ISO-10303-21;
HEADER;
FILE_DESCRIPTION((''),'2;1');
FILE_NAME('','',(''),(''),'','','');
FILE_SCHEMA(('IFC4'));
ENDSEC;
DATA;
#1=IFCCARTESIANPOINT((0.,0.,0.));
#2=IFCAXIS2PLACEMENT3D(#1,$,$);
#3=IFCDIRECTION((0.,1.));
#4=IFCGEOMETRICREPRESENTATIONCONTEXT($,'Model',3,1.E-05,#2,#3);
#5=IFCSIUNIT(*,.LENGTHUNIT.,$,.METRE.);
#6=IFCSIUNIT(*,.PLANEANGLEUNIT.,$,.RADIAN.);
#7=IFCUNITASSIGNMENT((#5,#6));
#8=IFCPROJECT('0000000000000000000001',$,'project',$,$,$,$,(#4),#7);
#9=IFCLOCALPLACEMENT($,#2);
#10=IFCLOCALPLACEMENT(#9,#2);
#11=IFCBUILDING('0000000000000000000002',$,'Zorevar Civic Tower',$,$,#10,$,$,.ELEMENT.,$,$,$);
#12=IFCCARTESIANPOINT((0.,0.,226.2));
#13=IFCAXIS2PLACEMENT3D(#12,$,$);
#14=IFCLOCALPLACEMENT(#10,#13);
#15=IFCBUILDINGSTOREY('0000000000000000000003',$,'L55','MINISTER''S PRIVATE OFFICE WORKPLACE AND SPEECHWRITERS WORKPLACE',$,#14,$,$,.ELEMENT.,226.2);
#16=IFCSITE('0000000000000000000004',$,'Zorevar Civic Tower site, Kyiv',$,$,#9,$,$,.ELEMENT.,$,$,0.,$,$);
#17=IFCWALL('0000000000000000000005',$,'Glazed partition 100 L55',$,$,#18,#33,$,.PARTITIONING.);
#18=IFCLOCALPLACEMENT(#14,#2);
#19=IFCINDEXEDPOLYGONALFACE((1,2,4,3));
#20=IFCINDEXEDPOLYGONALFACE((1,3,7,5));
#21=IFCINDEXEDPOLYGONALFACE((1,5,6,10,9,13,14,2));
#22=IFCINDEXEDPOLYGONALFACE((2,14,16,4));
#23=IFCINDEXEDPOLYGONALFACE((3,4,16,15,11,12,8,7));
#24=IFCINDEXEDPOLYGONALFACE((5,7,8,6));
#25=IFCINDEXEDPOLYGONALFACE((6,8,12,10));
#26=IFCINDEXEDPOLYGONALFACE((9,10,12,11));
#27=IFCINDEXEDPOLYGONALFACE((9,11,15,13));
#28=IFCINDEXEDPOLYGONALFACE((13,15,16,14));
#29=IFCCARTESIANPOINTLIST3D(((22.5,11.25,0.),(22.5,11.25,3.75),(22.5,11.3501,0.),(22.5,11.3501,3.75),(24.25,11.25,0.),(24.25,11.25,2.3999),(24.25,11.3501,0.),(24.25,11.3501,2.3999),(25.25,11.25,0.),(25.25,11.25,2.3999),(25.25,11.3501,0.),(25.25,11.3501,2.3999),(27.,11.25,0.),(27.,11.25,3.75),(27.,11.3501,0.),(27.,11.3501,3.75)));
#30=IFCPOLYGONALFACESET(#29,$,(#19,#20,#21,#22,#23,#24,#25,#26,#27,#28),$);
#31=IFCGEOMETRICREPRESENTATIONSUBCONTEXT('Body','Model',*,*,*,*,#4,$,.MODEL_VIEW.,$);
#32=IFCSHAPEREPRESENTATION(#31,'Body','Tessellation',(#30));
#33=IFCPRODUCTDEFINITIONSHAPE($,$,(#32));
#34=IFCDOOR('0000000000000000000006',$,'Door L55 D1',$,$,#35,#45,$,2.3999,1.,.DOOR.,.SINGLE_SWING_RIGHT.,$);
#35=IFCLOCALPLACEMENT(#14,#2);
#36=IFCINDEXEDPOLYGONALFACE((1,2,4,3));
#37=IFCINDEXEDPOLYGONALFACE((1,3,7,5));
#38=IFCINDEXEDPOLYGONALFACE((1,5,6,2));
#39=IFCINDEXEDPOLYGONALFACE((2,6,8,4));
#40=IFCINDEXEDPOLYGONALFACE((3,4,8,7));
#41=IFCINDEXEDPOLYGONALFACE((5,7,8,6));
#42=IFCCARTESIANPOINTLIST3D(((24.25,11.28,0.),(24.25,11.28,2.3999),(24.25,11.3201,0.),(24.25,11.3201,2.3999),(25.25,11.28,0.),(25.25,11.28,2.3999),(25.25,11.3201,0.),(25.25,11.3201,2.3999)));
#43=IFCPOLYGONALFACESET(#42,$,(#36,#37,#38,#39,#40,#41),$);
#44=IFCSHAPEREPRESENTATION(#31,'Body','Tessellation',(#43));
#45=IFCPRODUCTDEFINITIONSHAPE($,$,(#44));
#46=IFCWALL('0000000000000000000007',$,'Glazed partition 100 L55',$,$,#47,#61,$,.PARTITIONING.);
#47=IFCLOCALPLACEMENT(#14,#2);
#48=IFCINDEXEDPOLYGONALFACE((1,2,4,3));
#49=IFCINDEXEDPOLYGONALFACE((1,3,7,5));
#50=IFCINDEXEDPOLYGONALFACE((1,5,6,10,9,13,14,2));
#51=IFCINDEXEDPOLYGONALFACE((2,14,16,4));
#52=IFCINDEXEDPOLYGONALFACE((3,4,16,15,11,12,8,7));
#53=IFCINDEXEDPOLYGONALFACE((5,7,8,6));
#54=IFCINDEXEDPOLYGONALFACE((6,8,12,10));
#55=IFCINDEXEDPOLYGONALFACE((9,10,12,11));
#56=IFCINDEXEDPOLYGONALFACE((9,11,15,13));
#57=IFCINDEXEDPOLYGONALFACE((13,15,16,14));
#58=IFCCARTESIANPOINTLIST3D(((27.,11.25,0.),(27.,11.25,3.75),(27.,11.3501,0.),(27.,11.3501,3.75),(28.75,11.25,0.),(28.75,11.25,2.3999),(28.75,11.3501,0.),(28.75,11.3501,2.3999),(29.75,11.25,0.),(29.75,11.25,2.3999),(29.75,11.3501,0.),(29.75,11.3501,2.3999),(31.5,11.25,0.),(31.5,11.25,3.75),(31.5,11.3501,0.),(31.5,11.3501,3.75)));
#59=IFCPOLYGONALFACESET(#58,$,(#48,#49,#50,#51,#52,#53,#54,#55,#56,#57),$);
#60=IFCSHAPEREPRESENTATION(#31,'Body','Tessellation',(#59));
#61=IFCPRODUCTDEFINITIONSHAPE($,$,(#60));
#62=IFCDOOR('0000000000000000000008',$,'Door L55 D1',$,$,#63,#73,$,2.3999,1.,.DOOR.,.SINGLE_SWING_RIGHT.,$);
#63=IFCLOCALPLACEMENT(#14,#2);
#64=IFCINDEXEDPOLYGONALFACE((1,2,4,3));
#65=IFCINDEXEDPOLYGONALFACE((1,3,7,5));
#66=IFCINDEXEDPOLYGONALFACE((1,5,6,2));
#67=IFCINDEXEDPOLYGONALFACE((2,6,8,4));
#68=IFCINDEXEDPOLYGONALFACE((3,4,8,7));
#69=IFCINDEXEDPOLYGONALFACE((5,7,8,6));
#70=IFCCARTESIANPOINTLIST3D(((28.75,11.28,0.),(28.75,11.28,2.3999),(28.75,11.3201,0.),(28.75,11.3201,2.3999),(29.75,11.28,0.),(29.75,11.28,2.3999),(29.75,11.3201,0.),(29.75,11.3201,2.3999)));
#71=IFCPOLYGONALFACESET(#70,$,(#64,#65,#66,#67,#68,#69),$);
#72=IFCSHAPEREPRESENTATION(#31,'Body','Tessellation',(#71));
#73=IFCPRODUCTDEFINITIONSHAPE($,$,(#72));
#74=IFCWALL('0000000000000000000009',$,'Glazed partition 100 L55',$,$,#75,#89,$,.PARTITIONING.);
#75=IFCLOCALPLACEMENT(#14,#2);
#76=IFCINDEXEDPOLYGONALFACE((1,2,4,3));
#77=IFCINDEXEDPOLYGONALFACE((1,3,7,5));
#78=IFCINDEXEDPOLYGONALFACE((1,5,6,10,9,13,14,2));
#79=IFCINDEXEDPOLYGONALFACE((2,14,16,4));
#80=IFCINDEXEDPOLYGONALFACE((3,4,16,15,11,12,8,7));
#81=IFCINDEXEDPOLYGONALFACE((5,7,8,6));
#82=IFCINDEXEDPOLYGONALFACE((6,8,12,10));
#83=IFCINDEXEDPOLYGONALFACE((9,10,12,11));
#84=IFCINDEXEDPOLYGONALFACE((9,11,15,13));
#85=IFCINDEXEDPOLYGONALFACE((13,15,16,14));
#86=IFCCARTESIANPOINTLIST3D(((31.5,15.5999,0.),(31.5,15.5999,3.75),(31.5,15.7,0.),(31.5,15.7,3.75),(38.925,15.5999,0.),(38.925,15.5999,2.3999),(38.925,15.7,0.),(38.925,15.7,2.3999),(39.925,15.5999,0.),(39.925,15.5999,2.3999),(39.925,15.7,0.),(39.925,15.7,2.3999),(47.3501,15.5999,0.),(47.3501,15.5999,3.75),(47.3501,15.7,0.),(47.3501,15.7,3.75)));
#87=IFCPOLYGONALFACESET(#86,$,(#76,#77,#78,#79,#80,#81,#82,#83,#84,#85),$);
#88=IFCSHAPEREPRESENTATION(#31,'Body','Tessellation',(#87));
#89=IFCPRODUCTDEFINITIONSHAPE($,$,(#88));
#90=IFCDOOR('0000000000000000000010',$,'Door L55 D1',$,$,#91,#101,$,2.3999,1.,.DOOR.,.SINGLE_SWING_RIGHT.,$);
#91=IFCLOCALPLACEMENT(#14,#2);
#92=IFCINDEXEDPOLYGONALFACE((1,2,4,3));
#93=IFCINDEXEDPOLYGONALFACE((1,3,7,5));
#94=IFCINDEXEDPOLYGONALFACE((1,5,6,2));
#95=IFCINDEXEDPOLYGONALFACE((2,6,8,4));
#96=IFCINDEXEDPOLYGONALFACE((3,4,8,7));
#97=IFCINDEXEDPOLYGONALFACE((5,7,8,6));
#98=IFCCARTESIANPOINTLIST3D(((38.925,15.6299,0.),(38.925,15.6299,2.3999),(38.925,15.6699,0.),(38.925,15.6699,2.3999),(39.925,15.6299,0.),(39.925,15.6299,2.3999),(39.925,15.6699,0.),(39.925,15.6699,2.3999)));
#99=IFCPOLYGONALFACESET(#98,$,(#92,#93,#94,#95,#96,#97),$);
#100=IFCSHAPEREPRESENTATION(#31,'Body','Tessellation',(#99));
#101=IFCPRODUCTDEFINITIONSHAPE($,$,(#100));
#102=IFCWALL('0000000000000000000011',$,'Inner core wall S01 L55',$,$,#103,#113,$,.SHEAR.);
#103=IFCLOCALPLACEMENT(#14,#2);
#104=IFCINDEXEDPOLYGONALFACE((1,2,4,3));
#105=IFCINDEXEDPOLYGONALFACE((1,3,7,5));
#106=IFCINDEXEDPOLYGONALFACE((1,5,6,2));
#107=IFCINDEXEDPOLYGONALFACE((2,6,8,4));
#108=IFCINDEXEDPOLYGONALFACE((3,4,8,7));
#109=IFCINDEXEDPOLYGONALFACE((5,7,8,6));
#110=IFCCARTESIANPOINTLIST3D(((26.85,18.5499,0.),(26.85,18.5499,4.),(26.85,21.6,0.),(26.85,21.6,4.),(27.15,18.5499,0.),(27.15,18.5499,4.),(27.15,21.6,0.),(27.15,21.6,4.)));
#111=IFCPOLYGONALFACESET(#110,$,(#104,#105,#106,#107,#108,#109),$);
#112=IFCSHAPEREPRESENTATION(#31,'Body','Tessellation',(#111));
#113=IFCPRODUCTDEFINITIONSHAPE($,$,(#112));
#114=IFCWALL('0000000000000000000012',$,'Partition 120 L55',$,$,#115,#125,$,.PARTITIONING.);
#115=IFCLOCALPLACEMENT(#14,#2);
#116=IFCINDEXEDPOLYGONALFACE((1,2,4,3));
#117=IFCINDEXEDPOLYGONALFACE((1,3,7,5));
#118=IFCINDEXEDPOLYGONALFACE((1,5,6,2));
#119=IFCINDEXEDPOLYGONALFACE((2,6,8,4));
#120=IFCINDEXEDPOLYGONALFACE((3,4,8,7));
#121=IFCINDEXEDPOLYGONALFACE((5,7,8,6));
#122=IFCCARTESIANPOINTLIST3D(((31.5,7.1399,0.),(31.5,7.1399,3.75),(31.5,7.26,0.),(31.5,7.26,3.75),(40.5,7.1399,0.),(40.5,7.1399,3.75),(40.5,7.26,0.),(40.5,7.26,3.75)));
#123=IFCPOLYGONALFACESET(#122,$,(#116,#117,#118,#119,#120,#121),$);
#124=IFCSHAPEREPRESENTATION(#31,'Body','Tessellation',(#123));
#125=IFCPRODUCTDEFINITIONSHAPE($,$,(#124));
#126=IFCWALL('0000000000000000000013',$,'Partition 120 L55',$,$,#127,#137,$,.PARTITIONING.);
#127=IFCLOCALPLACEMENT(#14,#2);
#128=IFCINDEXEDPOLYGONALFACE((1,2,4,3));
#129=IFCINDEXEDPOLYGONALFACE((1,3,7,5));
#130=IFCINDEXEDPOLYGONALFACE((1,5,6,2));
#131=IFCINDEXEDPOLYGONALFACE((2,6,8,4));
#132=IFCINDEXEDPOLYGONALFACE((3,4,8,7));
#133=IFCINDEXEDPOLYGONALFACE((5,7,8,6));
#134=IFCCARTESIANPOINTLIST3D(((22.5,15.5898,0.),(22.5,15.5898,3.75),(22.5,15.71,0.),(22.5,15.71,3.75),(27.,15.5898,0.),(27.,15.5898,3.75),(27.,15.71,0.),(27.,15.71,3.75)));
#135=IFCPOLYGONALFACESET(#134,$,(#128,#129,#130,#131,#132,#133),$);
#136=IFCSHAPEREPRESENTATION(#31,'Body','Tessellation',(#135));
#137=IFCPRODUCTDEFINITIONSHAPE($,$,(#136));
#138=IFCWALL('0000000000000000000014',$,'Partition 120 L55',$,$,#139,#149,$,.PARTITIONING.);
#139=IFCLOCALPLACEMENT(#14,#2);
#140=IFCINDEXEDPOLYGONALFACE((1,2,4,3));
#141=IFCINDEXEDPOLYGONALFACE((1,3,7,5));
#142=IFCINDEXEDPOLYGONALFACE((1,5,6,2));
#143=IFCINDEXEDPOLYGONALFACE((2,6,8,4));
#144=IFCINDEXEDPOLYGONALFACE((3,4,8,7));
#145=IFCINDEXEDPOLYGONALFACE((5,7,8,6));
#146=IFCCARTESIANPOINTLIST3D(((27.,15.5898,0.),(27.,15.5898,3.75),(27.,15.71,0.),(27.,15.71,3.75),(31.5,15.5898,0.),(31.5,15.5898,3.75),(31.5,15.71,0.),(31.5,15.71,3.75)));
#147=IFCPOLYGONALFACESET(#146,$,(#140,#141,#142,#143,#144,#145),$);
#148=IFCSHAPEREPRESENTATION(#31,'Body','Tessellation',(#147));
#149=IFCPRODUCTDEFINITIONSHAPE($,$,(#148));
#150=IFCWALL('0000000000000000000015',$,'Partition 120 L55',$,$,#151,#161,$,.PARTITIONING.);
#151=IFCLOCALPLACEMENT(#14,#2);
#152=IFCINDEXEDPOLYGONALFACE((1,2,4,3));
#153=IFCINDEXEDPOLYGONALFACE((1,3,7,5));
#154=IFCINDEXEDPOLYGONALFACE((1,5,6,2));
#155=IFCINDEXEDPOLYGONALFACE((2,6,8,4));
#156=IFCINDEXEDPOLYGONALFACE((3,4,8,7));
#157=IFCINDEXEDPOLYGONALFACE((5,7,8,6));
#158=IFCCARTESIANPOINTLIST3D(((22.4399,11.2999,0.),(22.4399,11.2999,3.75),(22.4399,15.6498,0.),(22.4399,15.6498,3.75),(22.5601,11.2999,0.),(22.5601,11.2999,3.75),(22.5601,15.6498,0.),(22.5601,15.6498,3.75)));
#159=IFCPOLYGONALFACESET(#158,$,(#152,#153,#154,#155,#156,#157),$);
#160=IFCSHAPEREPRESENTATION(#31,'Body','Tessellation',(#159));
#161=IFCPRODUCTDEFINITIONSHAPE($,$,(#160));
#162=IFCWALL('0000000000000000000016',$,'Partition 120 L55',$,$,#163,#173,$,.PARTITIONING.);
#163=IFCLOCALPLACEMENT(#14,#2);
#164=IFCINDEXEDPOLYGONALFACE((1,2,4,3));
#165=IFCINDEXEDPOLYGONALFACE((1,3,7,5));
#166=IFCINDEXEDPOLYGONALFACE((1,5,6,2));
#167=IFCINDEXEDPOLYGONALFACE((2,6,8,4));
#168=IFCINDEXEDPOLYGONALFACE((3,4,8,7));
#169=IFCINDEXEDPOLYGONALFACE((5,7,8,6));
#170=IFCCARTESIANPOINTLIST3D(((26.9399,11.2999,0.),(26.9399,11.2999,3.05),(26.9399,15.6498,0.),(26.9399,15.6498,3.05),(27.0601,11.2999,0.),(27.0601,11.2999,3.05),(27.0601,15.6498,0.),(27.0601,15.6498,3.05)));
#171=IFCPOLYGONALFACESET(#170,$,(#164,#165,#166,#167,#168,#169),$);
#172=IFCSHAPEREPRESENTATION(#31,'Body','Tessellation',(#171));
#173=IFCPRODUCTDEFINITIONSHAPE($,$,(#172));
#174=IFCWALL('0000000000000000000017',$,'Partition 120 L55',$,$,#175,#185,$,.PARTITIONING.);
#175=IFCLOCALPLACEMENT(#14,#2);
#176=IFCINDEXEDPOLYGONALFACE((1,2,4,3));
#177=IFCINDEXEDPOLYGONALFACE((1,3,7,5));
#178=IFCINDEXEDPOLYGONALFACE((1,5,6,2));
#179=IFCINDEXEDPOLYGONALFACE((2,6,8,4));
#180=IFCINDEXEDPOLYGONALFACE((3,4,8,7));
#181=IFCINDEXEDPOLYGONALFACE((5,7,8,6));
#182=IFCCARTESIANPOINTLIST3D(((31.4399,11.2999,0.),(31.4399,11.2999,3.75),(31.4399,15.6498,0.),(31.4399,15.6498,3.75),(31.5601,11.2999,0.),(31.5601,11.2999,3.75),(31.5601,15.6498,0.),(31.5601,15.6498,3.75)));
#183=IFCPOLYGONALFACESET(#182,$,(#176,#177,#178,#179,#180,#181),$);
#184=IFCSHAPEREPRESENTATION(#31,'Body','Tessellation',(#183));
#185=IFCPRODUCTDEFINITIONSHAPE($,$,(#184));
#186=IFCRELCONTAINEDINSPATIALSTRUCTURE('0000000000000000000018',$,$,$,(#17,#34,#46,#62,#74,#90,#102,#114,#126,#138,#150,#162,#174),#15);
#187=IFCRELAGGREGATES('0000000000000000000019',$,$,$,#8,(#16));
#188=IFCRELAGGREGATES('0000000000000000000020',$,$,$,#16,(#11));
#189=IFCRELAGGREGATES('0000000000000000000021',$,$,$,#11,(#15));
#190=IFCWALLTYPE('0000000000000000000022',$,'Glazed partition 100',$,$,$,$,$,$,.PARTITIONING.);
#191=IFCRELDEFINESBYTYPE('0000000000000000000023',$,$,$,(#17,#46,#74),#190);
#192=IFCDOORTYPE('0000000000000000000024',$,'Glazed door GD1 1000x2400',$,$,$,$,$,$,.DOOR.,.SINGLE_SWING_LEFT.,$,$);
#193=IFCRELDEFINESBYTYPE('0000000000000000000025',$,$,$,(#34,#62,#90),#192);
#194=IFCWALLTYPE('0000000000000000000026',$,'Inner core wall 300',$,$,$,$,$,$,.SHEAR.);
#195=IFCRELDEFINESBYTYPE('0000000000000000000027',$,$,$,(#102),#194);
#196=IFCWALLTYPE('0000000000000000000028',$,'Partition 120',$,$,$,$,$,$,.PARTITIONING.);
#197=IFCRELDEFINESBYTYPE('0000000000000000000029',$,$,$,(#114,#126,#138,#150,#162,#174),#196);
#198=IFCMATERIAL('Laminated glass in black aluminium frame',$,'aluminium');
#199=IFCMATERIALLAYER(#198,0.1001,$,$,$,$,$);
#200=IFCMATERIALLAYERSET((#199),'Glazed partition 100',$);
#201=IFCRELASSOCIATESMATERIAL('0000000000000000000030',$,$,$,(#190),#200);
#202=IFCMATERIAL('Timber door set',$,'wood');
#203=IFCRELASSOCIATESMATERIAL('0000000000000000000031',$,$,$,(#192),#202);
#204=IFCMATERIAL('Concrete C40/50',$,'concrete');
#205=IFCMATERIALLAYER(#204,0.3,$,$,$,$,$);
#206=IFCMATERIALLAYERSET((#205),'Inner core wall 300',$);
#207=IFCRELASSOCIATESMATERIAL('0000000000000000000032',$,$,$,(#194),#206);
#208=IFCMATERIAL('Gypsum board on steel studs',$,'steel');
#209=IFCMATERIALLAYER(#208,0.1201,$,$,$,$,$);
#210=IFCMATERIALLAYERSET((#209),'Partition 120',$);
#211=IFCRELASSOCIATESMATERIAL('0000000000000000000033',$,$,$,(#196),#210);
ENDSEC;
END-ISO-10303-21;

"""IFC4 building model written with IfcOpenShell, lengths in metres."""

from ifc_helpers import new_model, si_unit, direction, frame, frame_2d, origin, place, context, subcontext, project, spatial, rectangle, extrude, material, layer, layer_set, type_object, element, fill, save


model = new_model("IFC4")

# Units and contexts
model_context = context("Model", 3, precision=1e-05, world=origin(), true_north=direction((0.0, 1.0)))
body_context = subcontext(model_context, "Body", "Model", "MODEL_VIEW")
ifc_project = project(units=[si_unit("LENGTHUNIT", "METRE"), si_unit("PLANEANGLEUNIT", "RADIAN")], contexts=[model_context])

# Site, building, storey
site_placement = place(None, origin())
site = spatial("IfcSite", under=ifc_project, at=site_placement, Name="Zorevar Civic Tower site, Kyiv", CompositionType="ELEMENT", RefElevation=0.0)
building_placement = place(site_placement, origin())
building = spatial("IfcBuilding", under=site, at=building_placement, Name="Zorevar Civic Tower", CompositionType="ELEMENT")
storey_placement = place(building_placement, frame((0.0, 0.0, 226.2)))
storey = spatial("IfcBuildingStorey", under=building, at=storey_placement, Name="L55", Description="MINISTER'S PRIVATE OFFICE WORKPLACE AND SPEECHWRITERS WORKPLACE", CompositionType="ELEMENT", Elevation=226.2)

# Walls, openings, doors
ifc_material_1 = material(Name="Laminated glass in black aluminium frame", Category="aluminium")
ifc_layer_1 = layer(ifc_material_1, 0.1001)
ifc_layer_set_1 = layer_set([ifc_layer_1], Name="Glazed partition 100")
wall_type_1 = type_object("IfcWallType", Name="Glazed partition 100", PredefinedType="PARTITIONING", material=ifc_layer_set_1)
wall_1_placement = place(storey_placement, frame((22.5, 11.3, 0.0), z_axis=(0.0, 0.0, 1.0), x_axis=(1.0, 0.0, 0.0)))
wall_1 = element("IfcWall", 1, at=wall_1_placement, inside=storey, type_object=wall_type_1, Name="Glazed partition 100 L55", PredefinedType="PARTITIONING", context=body_context, shape_type="SweptSolid", body=[
    extrude(rectangle(XDim=4.5, YDim=0.1001, at=frame_2d((2.25, 0.0))), origin(), (0.0, 0.0, 1.0), 3.75),
])
opening_1_placement = place(wall_1_placement, frame((1.75, 0.0, 0.0)))
opening_1 = element("IfcOpeningElement", 2, at=opening_1_placement, cuts=wall_1, PredefinedType="OPENING", context=body_context, shape_type="SweptSolid", body=[
    extrude(rectangle(XDim=1.0, YDim=2.3999, at=frame_2d((0.5, 1.2))), frame((0.0, 0.0601, 0.0), z_axis=(0.0, -1.0, 0.0), x_axis=(1.0, 0.0, 0.0)), (0.0, 0.0, 1.0), 0.1201),
])
ifc_material_2 = material(Name="Timber door set", Category="wood")
door_type = type_object("IfcDoorType", Name="Glazed door GD1 1000x2400", OperationType="SINGLE_SWING_LEFT", PredefinedType="DOOR", material=ifc_material_2)
door_1_placement = place(opening_1_placement, origin())
door_1 = element("IfcDoor", 3, at=door_1_placement, inside=storey, type_object=door_type, Name="Door L55 D1", OperationType="SINGLE_SWING_RIGHT", OverallHeight=2.3999, OverallWidth=1.0, PredefinedType="DOOR", context=body_context, shape_type="SweptSolid", body=[
    extrude(rectangle(XDim=1.0, YDim=2.3999, at=frame_2d((0.5, 1.2))), frame((0.0, 0.02, 0.0), z_axis=(0.0, -1.0, 0.0), x_axis=(1.0, 0.0, 0.0)), (0.0, 0.0, 1.0), 0.04),
])
fill(opening_1, door_1)
wall_2_placement = place(storey_placement, frame((27.0, 11.3, 0.0), z_axis=(0.0, 0.0, 1.0), x_axis=(1.0, 0.0, 0.0)))
wall_2 = element("IfcWall", 4, at=wall_2_placement, inside=storey, type_object=wall_type_1, Name="Glazed partition 100 L55", PredefinedType="PARTITIONING", context=body_context, shape_type="SweptSolid", body=[
    extrude(rectangle(XDim=4.5, YDim=0.1001, at=frame_2d((2.25, 0.0))), origin(), (0.0, 0.0, 1.0), 3.75),
])
opening_2_placement = place(wall_2_placement, frame((1.75, 0.0, 0.0)))
opening_2 = element("IfcOpeningElement", 5, at=opening_2_placement, cuts=wall_2, PredefinedType="OPENING", context=body_context, shape_type="SweptSolid", body=[
    extrude(rectangle(XDim=1.0, YDim=2.3999, at=frame_2d((0.5, 1.2))), frame((0.0, 0.0601, 0.0), z_axis=(0.0, -1.0, 0.0), x_axis=(1.0, 0.0, 0.0)), (0.0, 0.0, 1.0), 0.1201),
])
door_2_placement = place(opening_2_placement, origin())
door_2 = element("IfcDoor", 6, at=door_2_placement, inside=storey, type_object=door_type, Name="Door L55 D1", OperationType="SINGLE_SWING_RIGHT", OverallHeight=2.3999, OverallWidth=1.0, PredefinedType="DOOR", context=body_context, shape_type="SweptSolid", body=[
    extrude(rectangle(XDim=1.0, YDim=2.3999, at=frame_2d((0.5, 1.2))), frame((0.0, 0.02, 0.0), z_axis=(0.0, -1.0, 0.0), x_axis=(1.0, 0.0, 0.0)), (0.0, 0.0, 1.0), 0.04),
])
fill(opening_2, door_2)
wall_3_placement = place(storey_placement, frame((31.5, 15.6499, 0.0), z_axis=(0.0, 0.0, 1.0), x_axis=(1.0, 0.0, 0.0)))
wall_3 = element("IfcWall", 7, at=wall_3_placement, inside=storey, type_object=wall_type_1, Name="Glazed partition 100 L55", PredefinedType="PARTITIONING", context=body_context, shape_type="SweptSolid", body=[
    extrude(rectangle(XDim=15.8501, YDim=0.1001, at=frame_2d((7.925, 0.0))), origin(), (0.0, 0.0, 1.0), 3.75),
])
opening_3_placement = place(wall_3_placement, frame((7.425, 0.0, 0.0)))
opening_3 = element("IfcOpeningElement", 8, at=opening_3_placement, cuts=wall_3, PredefinedType="OPENING", context=body_context, shape_type="SweptSolid", body=[
    extrude(rectangle(XDim=1.0, YDim=2.3999, at=frame_2d((0.5, 1.2))), frame((0.0, 0.0601, 0.0), z_axis=(0.0, -1.0, 0.0), x_axis=(1.0, 0.0, 0.0)), (0.0, 0.0, 1.0), 0.1201),
])
door_3_placement = place(opening_3_placement, origin())
door_3 = element("IfcDoor", 9, at=door_3_placement, inside=storey, type_object=door_type, Name="Door L55 D1", OperationType="SINGLE_SWING_RIGHT", OverallHeight=2.3999, OverallWidth=1.0, PredefinedType="DOOR", context=body_context, shape_type="SweptSolid", body=[
    extrude(rectangle(XDim=1.0, YDim=2.3999, at=frame_2d((0.5, 1.2))), frame((0.0, 0.02, 0.0), z_axis=(0.0, -1.0, 0.0), x_axis=(1.0, 0.0, 0.0)), (0.0, 0.0, 1.0), 0.04),
])
fill(opening_3, door_3)

# Walls
ifc_material_3 = material(Name="Concrete C40/50", Category="concrete")
ifc_layer_2 = layer(ifc_material_3, 0.3)
ifc_layer_set_2 = layer_set([ifc_layer_2], Name="Inner core wall 300")
wall_type_2 = type_object("IfcWallType", Name="Inner core wall 300", PredefinedType="SHEAR", material=ifc_layer_set_2)
wall_4_placement = place(storey_placement, frame((27.0, 18.55, 0.0), z_axis=(0.0, 0.0, 1.0), x_axis=(0.0, 1.0, 0.0)))
element("IfcWall", 10, at=wall_4_placement, inside=storey, type_object=wall_type_2, Name="Inner core wall S01 L55", PredefinedType="SHEAR", context=body_context, shape_type="SweptSolid", body=[
    extrude(rectangle(XDim=3.05, YDim=0.3, at=frame_2d((1.5249, 0.0))), origin(), (0.0, 0.0, 1.0), 4.0),
])
ifc_material_4 = material(Name="Gypsum board on steel studs", Category="steel")
ifc_layer_3 = layer(ifc_material_4, 0.1201)
ifc_layer_set_3 = layer_set([ifc_layer_3], Name="Partition 120")
wall_type_3 = type_object("IfcWallType", Name="Partition 120", PredefinedType="PARTITIONING", material=ifc_layer_set_3)
wall_5_placement = place(storey_placement, frame((31.5, 7.2, 0.0), z_axis=(0.0, 0.0, 1.0), x_axis=(1.0, 0.0, 0.0)))
element("IfcWall", 11, at=wall_5_placement, inside=storey, type_object=wall_type_3, Name="Partition 120 L55", PredefinedType="PARTITIONING", context=body_context, shape_type="SweptSolid", body=[
    extrude(rectangle(XDim=9.0, YDim=0.1201, at=frame_2d((4.5, 0.0))), origin(), (0.0, 0.0, 1.0), 3.75),
])
for number, where, z_axis, x_axis, name in (
    (12, (22.5, 15.6499, 0.0), (0.0, 0.0, 1.0), (1.0, 0.0, 0.0), "Partition 120 L55"),
    (13, (27.0, 15.6499, 0.0), (0.0, 0.0, 1.0), (1.0, 0.0, 0.0), "Partition 120 L55"),
):
    element("IfcWall", number, at=place(storey_placement, frame(where, z_axis=z_axis, x_axis=x_axis)), inside=storey, type_object=wall_type_3, Name=name, PredefinedType="PARTITIONING", context=body_context, shape_type="SweptSolid", body=[
        extrude(rectangle(XDim=4.5, YDim=0.1201, at=frame_2d((2.25, 0.0))), origin(), (0.0, 0.0, 1.0), 3.75),
    ])
wall_6_placement = place(storey_placement, frame((22.5, 11.3, 0.0), z_axis=(0.0, 0.0, 1.0), x_axis=(0.0, 1.0, 0.0)))
element("IfcWall", 14, at=wall_6_placement, inside=storey, type_object=wall_type_3, Name="Partition 120 L55", PredefinedType="PARTITIONING", context=body_context, shape_type="SweptSolid", body=[
    extrude(rectangle(XDim=4.3499, YDim=0.1201, at=frame_2d((2.1748, 0.0))), origin(), (0.0, 0.0, 1.0), 3.75),
])
wall_7_placement = place(storey_placement, frame((27.0, 11.3, 0.0), z_axis=(0.0, 0.0, 1.0), x_axis=(0.0, 1.0, 0.0)))
element("IfcWall", 15, at=wall_7_placement, inside=storey, type_object=wall_type_3, Name="Partition 120 L55", PredefinedType="PARTITIONING", context=body_context, shape_type="SweptSolid", body=[
    extrude(rectangle(XDim=4.3499, YDim=0.1201, at=frame_2d((2.1748, 0.0))), origin(), (0.0, 0.0, 1.0), 3.05),
])
wall_8_placement = place(storey_placement, frame((31.5, 11.3, 0.0), z_axis=(0.0, 0.0, 1.0), x_axis=(0.0, 1.0, 0.0)))
element("IfcWall", 16, at=wall_8_placement, inside=storey, type_object=wall_type_3, Name="Partition 120 L55", PredefinedType="PARTITIONING", context=body_context, shape_type="SweptSolid", body=[
    extrude(rectangle(XDim=4.3499, YDim=0.1201, at=frame_2d((2.1748, 0.0))), origin(), (0.0, 0.0, 1.0), 3.75),
])

save(model, "model.ifc")
